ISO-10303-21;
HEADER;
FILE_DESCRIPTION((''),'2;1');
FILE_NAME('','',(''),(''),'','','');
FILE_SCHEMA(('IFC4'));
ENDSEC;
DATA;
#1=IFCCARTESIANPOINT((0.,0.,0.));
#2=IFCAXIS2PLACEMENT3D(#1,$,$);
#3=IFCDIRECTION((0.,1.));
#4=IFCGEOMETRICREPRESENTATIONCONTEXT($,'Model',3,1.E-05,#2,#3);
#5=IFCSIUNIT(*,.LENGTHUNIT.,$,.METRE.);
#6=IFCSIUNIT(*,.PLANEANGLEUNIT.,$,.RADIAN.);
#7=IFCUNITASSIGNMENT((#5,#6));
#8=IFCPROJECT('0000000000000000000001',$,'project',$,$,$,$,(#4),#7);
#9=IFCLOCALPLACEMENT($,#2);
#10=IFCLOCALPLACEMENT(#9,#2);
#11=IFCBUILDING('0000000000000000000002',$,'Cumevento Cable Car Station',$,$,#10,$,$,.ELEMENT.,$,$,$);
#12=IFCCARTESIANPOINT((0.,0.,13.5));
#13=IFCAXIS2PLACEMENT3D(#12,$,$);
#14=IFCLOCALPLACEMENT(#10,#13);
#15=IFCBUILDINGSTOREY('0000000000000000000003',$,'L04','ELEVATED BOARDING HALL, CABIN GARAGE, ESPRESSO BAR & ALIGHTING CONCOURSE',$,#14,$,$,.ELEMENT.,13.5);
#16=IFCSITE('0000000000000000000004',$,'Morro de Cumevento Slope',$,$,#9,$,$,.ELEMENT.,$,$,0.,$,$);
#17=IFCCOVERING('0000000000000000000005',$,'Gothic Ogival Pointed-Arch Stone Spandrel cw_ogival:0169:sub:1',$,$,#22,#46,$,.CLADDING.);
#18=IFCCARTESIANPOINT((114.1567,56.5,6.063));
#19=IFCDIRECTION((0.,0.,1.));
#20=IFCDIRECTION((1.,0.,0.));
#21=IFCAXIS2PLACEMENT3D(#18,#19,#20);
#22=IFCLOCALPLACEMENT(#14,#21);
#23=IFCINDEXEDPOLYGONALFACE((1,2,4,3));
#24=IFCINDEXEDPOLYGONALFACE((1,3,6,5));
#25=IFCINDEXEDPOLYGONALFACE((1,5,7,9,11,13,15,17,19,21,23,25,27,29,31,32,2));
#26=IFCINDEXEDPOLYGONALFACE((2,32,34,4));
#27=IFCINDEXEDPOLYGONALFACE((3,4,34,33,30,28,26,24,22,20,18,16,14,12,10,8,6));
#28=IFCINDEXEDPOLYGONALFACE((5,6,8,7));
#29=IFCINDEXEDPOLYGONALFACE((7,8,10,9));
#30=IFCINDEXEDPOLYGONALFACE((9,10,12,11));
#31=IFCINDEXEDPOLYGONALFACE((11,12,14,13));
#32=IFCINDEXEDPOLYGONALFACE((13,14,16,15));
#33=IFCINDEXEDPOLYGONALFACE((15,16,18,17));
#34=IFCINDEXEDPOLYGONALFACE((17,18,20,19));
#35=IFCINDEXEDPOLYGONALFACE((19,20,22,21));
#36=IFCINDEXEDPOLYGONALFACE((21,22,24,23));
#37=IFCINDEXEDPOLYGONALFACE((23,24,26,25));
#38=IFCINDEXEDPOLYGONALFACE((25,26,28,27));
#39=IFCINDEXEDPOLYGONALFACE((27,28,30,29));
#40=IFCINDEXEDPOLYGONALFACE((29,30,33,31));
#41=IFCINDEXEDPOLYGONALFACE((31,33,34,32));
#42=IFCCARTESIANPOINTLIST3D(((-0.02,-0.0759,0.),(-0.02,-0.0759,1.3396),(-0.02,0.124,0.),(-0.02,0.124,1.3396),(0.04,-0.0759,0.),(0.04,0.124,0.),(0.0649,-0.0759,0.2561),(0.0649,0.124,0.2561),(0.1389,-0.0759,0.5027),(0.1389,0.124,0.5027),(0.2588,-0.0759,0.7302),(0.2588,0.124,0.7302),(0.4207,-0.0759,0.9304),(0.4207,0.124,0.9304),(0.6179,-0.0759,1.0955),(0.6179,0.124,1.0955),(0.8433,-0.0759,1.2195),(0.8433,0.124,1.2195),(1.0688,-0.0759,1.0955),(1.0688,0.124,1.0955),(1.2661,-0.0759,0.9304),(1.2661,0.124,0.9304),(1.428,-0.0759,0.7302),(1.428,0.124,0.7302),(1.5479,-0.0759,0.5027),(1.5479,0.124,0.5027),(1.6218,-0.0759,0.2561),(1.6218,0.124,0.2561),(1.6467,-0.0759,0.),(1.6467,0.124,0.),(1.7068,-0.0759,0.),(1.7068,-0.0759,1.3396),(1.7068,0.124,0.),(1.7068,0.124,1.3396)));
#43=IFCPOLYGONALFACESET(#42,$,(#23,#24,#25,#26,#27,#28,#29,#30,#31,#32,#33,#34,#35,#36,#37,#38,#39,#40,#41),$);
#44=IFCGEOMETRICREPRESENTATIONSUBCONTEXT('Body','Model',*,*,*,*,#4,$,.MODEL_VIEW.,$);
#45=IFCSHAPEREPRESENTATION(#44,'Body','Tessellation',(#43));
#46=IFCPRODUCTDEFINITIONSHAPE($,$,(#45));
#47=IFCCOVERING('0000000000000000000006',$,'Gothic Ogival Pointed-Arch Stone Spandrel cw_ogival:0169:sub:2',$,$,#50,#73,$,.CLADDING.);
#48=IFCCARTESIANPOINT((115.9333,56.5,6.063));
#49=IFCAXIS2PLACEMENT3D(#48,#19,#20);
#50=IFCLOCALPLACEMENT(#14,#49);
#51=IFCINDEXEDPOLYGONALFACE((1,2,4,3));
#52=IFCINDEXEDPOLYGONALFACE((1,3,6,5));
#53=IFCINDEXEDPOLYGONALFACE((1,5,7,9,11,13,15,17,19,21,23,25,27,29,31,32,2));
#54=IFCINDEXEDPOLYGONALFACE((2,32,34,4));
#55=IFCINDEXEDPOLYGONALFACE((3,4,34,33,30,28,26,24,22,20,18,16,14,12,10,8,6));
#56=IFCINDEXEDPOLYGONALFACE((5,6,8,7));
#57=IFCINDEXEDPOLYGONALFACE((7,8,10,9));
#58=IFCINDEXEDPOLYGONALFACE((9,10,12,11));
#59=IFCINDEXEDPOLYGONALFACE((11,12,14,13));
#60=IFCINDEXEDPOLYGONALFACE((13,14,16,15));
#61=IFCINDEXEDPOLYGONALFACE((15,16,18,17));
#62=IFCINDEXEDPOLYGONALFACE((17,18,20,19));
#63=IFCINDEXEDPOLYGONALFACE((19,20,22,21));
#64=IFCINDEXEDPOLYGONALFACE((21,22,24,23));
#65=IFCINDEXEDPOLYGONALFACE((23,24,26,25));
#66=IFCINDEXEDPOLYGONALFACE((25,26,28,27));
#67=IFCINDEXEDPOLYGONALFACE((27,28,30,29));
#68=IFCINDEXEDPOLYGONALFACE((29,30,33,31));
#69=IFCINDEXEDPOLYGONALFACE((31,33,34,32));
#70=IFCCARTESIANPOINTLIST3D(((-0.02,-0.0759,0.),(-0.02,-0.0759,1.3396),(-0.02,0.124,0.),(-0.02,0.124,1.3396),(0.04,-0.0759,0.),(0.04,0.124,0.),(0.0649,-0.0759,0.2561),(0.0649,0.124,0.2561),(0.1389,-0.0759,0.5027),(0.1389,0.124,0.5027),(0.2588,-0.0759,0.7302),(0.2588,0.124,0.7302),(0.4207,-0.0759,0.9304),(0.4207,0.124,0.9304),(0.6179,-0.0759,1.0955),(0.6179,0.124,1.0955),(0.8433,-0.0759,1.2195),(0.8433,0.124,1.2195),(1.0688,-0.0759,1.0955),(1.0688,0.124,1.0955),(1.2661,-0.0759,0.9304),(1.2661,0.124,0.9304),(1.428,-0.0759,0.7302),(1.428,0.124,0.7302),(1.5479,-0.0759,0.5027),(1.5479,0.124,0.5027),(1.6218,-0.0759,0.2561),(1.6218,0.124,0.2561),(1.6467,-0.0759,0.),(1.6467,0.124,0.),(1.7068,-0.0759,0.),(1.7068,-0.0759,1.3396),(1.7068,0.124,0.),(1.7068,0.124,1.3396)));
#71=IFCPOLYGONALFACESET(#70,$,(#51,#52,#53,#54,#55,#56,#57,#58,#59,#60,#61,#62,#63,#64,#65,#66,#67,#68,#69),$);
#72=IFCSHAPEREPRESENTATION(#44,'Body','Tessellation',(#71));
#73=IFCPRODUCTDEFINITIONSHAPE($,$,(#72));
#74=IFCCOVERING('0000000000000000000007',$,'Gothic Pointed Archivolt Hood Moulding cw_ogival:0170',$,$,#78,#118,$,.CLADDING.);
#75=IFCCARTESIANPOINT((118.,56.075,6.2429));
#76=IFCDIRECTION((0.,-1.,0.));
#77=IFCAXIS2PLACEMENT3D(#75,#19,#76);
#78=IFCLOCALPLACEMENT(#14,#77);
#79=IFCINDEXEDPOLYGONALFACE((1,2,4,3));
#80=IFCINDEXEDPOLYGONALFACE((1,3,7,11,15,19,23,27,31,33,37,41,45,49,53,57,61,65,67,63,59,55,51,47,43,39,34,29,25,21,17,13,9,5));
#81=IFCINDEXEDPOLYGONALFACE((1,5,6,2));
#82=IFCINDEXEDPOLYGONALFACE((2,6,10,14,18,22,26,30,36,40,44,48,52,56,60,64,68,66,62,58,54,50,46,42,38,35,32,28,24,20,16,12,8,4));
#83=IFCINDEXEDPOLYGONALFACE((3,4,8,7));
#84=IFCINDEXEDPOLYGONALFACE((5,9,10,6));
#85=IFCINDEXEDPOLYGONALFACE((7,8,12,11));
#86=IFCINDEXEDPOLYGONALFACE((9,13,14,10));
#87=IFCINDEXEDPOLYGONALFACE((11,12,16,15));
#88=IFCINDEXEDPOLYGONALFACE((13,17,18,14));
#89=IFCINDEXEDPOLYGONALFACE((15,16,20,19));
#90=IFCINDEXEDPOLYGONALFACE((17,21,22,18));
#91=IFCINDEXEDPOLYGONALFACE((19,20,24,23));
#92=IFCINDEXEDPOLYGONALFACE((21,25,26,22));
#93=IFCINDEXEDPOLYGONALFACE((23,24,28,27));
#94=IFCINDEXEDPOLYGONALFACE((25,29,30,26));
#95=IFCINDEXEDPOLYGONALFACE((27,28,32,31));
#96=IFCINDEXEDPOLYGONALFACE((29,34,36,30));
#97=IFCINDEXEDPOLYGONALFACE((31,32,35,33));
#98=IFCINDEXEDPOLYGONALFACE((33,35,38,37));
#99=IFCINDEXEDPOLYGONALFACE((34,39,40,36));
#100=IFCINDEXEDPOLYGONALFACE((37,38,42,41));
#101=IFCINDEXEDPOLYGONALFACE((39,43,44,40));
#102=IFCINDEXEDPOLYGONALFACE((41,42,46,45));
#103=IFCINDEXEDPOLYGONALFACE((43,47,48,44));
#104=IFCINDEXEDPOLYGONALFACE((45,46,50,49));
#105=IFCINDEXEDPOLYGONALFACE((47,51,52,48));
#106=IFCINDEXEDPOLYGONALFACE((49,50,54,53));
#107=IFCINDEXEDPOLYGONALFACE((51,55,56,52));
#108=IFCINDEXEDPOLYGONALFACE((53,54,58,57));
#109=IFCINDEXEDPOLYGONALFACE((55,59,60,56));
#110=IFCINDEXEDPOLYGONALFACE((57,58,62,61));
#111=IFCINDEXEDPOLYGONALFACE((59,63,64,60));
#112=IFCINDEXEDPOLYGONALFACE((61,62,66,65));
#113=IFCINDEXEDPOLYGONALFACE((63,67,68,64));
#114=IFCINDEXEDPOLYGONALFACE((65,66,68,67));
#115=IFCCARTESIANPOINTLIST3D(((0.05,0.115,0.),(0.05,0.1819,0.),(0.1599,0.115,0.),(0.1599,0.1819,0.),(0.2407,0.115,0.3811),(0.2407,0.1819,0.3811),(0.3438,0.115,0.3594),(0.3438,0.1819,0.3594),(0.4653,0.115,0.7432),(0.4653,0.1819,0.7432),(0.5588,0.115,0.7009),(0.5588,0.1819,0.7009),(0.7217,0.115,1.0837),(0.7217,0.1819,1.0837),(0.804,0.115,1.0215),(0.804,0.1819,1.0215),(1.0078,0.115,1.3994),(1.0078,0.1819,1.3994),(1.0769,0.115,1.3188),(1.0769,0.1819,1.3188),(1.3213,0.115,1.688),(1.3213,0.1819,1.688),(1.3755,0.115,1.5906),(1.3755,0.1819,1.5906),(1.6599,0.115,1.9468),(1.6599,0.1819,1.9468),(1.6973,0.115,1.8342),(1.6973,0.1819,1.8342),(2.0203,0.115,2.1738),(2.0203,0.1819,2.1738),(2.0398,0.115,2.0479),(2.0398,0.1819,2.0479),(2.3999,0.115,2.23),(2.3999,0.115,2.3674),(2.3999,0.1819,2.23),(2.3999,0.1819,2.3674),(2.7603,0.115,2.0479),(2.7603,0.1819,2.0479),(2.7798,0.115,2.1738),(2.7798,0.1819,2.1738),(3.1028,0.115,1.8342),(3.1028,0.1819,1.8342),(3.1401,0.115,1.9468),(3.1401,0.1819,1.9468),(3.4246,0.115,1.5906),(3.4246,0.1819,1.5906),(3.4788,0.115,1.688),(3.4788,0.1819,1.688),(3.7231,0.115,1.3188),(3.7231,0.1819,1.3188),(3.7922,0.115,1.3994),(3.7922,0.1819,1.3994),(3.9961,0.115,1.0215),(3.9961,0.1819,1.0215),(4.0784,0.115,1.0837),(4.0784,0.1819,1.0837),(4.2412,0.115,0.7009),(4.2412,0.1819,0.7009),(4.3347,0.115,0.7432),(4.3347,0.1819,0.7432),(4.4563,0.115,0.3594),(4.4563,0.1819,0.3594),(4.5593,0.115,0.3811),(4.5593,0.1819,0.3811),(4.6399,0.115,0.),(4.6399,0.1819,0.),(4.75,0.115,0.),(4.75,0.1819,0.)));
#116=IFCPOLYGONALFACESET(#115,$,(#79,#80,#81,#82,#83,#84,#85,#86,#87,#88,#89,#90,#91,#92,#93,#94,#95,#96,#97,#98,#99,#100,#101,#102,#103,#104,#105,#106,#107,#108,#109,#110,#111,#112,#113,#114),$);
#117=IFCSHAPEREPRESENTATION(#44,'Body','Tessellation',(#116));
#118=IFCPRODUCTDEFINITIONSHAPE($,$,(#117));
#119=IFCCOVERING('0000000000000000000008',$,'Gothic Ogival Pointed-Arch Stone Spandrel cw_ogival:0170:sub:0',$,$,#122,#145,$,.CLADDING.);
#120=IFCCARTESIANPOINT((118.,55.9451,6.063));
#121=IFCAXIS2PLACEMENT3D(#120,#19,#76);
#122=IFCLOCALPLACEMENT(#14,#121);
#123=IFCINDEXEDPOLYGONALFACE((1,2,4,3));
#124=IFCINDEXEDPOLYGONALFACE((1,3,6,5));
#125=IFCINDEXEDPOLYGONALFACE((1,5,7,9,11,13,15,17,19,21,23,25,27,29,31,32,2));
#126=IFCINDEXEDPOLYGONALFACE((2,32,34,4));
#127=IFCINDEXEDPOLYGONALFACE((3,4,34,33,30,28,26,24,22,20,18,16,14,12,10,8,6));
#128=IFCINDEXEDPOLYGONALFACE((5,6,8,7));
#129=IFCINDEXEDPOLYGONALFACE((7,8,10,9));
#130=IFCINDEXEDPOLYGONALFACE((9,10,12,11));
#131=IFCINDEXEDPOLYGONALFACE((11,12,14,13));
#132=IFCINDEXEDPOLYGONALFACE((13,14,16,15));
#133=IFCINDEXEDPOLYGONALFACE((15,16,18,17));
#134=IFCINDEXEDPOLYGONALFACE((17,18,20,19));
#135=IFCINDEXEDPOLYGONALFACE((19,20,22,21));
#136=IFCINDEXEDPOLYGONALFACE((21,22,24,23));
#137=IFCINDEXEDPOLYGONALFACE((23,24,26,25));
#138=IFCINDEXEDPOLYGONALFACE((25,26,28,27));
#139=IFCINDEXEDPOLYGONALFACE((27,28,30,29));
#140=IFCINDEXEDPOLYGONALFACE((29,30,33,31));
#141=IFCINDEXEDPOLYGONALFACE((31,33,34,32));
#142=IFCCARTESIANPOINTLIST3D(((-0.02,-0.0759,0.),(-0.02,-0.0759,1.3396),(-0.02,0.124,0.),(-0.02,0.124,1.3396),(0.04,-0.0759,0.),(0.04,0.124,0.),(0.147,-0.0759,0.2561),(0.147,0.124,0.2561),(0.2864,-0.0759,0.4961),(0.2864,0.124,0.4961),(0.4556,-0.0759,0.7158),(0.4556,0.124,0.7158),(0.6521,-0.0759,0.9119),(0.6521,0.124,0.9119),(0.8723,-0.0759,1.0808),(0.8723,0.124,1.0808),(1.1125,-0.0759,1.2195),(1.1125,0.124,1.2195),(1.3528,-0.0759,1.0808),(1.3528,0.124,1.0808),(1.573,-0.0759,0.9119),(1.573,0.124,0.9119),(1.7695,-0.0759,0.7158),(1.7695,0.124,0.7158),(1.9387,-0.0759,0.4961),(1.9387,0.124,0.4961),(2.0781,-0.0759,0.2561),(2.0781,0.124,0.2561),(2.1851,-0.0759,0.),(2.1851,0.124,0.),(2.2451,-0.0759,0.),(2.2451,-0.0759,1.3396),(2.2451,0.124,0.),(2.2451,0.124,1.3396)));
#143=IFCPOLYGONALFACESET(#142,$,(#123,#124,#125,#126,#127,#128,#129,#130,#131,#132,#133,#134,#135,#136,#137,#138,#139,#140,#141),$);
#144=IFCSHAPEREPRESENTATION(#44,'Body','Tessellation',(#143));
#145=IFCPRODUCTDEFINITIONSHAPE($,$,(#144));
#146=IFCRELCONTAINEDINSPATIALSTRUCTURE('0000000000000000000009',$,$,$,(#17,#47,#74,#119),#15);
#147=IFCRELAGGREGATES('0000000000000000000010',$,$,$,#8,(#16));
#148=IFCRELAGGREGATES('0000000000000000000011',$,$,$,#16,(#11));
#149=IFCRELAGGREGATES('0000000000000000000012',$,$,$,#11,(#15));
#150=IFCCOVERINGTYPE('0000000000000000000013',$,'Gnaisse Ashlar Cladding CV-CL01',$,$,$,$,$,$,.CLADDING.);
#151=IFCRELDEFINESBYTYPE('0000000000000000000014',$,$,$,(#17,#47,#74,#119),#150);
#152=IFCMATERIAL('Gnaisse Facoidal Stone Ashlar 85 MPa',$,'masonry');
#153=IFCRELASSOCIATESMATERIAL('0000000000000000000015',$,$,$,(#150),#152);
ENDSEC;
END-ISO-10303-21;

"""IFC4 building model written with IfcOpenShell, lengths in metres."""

from ifc_helpers import new_model, si_unit, direction, frame, origin, place, context, subcontext, project, spatial, polyline, outline, extrude, material, type_object, element, save


model = new_model("IFC4")

# Units and contexts
model_context = context("Model", 3, precision=1e-05, world=origin(), true_north=direction((0.0, 1.0)))
body_context = subcontext(model_context, "Body", "Model", "MODEL_VIEW")
ifc_project = project(units=[si_unit("LENGTHUNIT", "METRE"), si_unit("PLANEANGLEUNIT", "RADIAN")], contexts=[model_context])

# Site, building, storey
site_placement = place(None, origin())
site = spatial("IfcSite", under=ifc_project, at=site_placement, Name="Morro de Cumevento Slope", CompositionType="ELEMENT", RefElevation=0.0)
building_placement = place(site_placement, origin())
building = spatial("IfcBuilding", under=site, at=building_placement, Name="Cumevento Cable Car Station", CompositionType="ELEMENT")
storey_placement = place(building_placement, frame((0.0, 0.0, 13.5)))
storey = spatial("IfcBuildingStorey", under=building, at=storey_placement, Name="L04", Description="ELEVATED BOARDING HALL, CABIN GARAGE, ESPRESSO BAR & ALIGHTING CONCOURSE", CompositionType="ELEMENT", Elevation=13.5)

# Coverings
ifc_material_1 = material(Name="Gnaisse Facoidal Stone Ashlar 85 MPa", Category="masonry")
covering_type = type_object("IfcCoveringType", Name="Gnaisse Ashlar Cladding CV-CL01", PredefinedType="CLADDING", material=ifc_material_1)
for number, where, z_axis, x_axis, name in (
    (1, (114.1567, 56.5, 6.063), (0.0, 0.0, 1.0), (1.0, 0.0, 0.0), "Gothic Ogival Pointed-Arch Stone Spandrel cw_ogival:0169:sub:1"),
    (2, (115.9333, 56.5, 6.063), (0.0, 0.0, 1.0), (1.0, 0.0, 0.0), "Gothic Ogival Pointed-Arch Stone Spandrel cw_ogival:0169:sub:2"),
):
    element("IfcCovering", number, at=place(storey_placement, frame(where, z_axis=z_axis, x_axis=x_axis)), inside=storey, type_object=covering_type, Name=name, PredefinedType="CLADDING", context=body_context, shape_type="SweptSolid", body=[
        extrude(outline(polyline([(-0.02, 0.0), (-0.02, 1.3396), (1.7068, 1.3396), (1.7068, 0.0), (1.6467, 0.0), (1.6218, 0.2561), (1.5479, 0.5027), (1.428, 0.7302), (1.2661, 0.9304), (1.0688, 1.0955), (0.8433, 1.2195), (0.6179, 1.0955), (0.4207, 0.9304), (0.2588, 0.7302), (0.1389, 0.5027), (0.0649, 0.2561), (0.04, 0.0), (-0.02, 0.0)])), frame((0.0, 0.124, 0.0), z_axis=(0.0, -1.0, 0.0), x_axis=(1.0, 0.0, 0.0)), (0.0, 0.0, 1.0), 0.2),
    ])
covering_1_placement = place(storey_placement, frame((118.0, 56.075, 6.2429), z_axis=(0.0, 0.0, 1.0), x_axis=(0.0, -1.0, 0.0)))
element("IfcCovering", 3, at=covering_1_placement, inside=storey, type_object=covering_type, Name="Gothic Pointed Archivolt Hood Moulding cw_ogival:0170", PredefinedType="CLADDING", context=body_context, shape_type="SweptSolid", body=[
    extrude(outline(polyline([(0.1599, 0.0), (0.3438, 0.3594), (0.5588, 0.7009), (0.804, 1.0215), (1.0769, 1.3188), (1.3755, 1.5906), (1.6973, 1.8342), (2.0398, 2.0479), (2.3999, 2.23), (2.7603, 2.0479), (3.1028, 1.8342), (3.4246, 1.5906), (3.7231, 1.3188), (3.9961, 1.0215), (4.2412, 0.7009), (4.4563, 0.3594), (4.6399, 0.0), (4.75, 0.0), (4.5593, 0.3811), (4.3347, 0.7432), (4.0784, 1.0837), (3.7922, 1.3994), (3.4788, 1.688), (3.1401, 1.9468), (2.7798, 2.1738), (2.3999, 2.3674), (2.0203, 2.1738), (1.6599, 1.9468), (1.3213, 1.688), (1.0078, 1.3994), (0.7217, 1.0837), (0.4653, 0.7432), (0.2407, 0.3811), (0.05, 0.0), (0.1599, 0.0)])), frame((0.0, 0.1819, 0.0), z_axis=(0.0, -1.0, 0.0), x_axis=(1.0, 0.0, 0.0)), (0.0, 0.0, 1.0), 0.0669),
])
covering_2_placement = place(storey_placement, frame((118.0, 55.9451, 6.063), z_axis=(0.0, 0.0, 1.0), x_axis=(0.0, -1.0, 0.0)))
element("IfcCovering", 4, at=covering_2_placement, inside=storey, type_object=covering_type, Name="Gothic Ogival Pointed-Arch Stone Spandrel cw_ogival:0170:sub:0", PredefinedType="CLADDING", context=body_context, shape_type="SweptSolid", body=[
    extrude(outline(polyline([(-0.02, 0.0), (-0.02, 1.3396), (2.2451, 1.3396), (2.2451, 0.0), (2.1851, 0.0), (2.0781, 0.2561), (1.9387, 0.4961), (1.7695, 0.7158), (1.573, 0.9119), (1.3528, 1.0808), (1.1125, 1.2195), (0.8723, 1.0808), (0.6521, 0.9119), (0.4556, 0.7158), (0.2864, 0.4961), (0.147, 0.2561), (0.04, 0.0), (-0.02, 0.0)])), frame((0.0, 0.124, 0.0), z_axis=(0.0, -1.0, 0.0), x_axis=(1.0, 0.0, 0.0)), (0.0, 0.0, 1.0), 0.2),
])

save(model, "model.ifc")
